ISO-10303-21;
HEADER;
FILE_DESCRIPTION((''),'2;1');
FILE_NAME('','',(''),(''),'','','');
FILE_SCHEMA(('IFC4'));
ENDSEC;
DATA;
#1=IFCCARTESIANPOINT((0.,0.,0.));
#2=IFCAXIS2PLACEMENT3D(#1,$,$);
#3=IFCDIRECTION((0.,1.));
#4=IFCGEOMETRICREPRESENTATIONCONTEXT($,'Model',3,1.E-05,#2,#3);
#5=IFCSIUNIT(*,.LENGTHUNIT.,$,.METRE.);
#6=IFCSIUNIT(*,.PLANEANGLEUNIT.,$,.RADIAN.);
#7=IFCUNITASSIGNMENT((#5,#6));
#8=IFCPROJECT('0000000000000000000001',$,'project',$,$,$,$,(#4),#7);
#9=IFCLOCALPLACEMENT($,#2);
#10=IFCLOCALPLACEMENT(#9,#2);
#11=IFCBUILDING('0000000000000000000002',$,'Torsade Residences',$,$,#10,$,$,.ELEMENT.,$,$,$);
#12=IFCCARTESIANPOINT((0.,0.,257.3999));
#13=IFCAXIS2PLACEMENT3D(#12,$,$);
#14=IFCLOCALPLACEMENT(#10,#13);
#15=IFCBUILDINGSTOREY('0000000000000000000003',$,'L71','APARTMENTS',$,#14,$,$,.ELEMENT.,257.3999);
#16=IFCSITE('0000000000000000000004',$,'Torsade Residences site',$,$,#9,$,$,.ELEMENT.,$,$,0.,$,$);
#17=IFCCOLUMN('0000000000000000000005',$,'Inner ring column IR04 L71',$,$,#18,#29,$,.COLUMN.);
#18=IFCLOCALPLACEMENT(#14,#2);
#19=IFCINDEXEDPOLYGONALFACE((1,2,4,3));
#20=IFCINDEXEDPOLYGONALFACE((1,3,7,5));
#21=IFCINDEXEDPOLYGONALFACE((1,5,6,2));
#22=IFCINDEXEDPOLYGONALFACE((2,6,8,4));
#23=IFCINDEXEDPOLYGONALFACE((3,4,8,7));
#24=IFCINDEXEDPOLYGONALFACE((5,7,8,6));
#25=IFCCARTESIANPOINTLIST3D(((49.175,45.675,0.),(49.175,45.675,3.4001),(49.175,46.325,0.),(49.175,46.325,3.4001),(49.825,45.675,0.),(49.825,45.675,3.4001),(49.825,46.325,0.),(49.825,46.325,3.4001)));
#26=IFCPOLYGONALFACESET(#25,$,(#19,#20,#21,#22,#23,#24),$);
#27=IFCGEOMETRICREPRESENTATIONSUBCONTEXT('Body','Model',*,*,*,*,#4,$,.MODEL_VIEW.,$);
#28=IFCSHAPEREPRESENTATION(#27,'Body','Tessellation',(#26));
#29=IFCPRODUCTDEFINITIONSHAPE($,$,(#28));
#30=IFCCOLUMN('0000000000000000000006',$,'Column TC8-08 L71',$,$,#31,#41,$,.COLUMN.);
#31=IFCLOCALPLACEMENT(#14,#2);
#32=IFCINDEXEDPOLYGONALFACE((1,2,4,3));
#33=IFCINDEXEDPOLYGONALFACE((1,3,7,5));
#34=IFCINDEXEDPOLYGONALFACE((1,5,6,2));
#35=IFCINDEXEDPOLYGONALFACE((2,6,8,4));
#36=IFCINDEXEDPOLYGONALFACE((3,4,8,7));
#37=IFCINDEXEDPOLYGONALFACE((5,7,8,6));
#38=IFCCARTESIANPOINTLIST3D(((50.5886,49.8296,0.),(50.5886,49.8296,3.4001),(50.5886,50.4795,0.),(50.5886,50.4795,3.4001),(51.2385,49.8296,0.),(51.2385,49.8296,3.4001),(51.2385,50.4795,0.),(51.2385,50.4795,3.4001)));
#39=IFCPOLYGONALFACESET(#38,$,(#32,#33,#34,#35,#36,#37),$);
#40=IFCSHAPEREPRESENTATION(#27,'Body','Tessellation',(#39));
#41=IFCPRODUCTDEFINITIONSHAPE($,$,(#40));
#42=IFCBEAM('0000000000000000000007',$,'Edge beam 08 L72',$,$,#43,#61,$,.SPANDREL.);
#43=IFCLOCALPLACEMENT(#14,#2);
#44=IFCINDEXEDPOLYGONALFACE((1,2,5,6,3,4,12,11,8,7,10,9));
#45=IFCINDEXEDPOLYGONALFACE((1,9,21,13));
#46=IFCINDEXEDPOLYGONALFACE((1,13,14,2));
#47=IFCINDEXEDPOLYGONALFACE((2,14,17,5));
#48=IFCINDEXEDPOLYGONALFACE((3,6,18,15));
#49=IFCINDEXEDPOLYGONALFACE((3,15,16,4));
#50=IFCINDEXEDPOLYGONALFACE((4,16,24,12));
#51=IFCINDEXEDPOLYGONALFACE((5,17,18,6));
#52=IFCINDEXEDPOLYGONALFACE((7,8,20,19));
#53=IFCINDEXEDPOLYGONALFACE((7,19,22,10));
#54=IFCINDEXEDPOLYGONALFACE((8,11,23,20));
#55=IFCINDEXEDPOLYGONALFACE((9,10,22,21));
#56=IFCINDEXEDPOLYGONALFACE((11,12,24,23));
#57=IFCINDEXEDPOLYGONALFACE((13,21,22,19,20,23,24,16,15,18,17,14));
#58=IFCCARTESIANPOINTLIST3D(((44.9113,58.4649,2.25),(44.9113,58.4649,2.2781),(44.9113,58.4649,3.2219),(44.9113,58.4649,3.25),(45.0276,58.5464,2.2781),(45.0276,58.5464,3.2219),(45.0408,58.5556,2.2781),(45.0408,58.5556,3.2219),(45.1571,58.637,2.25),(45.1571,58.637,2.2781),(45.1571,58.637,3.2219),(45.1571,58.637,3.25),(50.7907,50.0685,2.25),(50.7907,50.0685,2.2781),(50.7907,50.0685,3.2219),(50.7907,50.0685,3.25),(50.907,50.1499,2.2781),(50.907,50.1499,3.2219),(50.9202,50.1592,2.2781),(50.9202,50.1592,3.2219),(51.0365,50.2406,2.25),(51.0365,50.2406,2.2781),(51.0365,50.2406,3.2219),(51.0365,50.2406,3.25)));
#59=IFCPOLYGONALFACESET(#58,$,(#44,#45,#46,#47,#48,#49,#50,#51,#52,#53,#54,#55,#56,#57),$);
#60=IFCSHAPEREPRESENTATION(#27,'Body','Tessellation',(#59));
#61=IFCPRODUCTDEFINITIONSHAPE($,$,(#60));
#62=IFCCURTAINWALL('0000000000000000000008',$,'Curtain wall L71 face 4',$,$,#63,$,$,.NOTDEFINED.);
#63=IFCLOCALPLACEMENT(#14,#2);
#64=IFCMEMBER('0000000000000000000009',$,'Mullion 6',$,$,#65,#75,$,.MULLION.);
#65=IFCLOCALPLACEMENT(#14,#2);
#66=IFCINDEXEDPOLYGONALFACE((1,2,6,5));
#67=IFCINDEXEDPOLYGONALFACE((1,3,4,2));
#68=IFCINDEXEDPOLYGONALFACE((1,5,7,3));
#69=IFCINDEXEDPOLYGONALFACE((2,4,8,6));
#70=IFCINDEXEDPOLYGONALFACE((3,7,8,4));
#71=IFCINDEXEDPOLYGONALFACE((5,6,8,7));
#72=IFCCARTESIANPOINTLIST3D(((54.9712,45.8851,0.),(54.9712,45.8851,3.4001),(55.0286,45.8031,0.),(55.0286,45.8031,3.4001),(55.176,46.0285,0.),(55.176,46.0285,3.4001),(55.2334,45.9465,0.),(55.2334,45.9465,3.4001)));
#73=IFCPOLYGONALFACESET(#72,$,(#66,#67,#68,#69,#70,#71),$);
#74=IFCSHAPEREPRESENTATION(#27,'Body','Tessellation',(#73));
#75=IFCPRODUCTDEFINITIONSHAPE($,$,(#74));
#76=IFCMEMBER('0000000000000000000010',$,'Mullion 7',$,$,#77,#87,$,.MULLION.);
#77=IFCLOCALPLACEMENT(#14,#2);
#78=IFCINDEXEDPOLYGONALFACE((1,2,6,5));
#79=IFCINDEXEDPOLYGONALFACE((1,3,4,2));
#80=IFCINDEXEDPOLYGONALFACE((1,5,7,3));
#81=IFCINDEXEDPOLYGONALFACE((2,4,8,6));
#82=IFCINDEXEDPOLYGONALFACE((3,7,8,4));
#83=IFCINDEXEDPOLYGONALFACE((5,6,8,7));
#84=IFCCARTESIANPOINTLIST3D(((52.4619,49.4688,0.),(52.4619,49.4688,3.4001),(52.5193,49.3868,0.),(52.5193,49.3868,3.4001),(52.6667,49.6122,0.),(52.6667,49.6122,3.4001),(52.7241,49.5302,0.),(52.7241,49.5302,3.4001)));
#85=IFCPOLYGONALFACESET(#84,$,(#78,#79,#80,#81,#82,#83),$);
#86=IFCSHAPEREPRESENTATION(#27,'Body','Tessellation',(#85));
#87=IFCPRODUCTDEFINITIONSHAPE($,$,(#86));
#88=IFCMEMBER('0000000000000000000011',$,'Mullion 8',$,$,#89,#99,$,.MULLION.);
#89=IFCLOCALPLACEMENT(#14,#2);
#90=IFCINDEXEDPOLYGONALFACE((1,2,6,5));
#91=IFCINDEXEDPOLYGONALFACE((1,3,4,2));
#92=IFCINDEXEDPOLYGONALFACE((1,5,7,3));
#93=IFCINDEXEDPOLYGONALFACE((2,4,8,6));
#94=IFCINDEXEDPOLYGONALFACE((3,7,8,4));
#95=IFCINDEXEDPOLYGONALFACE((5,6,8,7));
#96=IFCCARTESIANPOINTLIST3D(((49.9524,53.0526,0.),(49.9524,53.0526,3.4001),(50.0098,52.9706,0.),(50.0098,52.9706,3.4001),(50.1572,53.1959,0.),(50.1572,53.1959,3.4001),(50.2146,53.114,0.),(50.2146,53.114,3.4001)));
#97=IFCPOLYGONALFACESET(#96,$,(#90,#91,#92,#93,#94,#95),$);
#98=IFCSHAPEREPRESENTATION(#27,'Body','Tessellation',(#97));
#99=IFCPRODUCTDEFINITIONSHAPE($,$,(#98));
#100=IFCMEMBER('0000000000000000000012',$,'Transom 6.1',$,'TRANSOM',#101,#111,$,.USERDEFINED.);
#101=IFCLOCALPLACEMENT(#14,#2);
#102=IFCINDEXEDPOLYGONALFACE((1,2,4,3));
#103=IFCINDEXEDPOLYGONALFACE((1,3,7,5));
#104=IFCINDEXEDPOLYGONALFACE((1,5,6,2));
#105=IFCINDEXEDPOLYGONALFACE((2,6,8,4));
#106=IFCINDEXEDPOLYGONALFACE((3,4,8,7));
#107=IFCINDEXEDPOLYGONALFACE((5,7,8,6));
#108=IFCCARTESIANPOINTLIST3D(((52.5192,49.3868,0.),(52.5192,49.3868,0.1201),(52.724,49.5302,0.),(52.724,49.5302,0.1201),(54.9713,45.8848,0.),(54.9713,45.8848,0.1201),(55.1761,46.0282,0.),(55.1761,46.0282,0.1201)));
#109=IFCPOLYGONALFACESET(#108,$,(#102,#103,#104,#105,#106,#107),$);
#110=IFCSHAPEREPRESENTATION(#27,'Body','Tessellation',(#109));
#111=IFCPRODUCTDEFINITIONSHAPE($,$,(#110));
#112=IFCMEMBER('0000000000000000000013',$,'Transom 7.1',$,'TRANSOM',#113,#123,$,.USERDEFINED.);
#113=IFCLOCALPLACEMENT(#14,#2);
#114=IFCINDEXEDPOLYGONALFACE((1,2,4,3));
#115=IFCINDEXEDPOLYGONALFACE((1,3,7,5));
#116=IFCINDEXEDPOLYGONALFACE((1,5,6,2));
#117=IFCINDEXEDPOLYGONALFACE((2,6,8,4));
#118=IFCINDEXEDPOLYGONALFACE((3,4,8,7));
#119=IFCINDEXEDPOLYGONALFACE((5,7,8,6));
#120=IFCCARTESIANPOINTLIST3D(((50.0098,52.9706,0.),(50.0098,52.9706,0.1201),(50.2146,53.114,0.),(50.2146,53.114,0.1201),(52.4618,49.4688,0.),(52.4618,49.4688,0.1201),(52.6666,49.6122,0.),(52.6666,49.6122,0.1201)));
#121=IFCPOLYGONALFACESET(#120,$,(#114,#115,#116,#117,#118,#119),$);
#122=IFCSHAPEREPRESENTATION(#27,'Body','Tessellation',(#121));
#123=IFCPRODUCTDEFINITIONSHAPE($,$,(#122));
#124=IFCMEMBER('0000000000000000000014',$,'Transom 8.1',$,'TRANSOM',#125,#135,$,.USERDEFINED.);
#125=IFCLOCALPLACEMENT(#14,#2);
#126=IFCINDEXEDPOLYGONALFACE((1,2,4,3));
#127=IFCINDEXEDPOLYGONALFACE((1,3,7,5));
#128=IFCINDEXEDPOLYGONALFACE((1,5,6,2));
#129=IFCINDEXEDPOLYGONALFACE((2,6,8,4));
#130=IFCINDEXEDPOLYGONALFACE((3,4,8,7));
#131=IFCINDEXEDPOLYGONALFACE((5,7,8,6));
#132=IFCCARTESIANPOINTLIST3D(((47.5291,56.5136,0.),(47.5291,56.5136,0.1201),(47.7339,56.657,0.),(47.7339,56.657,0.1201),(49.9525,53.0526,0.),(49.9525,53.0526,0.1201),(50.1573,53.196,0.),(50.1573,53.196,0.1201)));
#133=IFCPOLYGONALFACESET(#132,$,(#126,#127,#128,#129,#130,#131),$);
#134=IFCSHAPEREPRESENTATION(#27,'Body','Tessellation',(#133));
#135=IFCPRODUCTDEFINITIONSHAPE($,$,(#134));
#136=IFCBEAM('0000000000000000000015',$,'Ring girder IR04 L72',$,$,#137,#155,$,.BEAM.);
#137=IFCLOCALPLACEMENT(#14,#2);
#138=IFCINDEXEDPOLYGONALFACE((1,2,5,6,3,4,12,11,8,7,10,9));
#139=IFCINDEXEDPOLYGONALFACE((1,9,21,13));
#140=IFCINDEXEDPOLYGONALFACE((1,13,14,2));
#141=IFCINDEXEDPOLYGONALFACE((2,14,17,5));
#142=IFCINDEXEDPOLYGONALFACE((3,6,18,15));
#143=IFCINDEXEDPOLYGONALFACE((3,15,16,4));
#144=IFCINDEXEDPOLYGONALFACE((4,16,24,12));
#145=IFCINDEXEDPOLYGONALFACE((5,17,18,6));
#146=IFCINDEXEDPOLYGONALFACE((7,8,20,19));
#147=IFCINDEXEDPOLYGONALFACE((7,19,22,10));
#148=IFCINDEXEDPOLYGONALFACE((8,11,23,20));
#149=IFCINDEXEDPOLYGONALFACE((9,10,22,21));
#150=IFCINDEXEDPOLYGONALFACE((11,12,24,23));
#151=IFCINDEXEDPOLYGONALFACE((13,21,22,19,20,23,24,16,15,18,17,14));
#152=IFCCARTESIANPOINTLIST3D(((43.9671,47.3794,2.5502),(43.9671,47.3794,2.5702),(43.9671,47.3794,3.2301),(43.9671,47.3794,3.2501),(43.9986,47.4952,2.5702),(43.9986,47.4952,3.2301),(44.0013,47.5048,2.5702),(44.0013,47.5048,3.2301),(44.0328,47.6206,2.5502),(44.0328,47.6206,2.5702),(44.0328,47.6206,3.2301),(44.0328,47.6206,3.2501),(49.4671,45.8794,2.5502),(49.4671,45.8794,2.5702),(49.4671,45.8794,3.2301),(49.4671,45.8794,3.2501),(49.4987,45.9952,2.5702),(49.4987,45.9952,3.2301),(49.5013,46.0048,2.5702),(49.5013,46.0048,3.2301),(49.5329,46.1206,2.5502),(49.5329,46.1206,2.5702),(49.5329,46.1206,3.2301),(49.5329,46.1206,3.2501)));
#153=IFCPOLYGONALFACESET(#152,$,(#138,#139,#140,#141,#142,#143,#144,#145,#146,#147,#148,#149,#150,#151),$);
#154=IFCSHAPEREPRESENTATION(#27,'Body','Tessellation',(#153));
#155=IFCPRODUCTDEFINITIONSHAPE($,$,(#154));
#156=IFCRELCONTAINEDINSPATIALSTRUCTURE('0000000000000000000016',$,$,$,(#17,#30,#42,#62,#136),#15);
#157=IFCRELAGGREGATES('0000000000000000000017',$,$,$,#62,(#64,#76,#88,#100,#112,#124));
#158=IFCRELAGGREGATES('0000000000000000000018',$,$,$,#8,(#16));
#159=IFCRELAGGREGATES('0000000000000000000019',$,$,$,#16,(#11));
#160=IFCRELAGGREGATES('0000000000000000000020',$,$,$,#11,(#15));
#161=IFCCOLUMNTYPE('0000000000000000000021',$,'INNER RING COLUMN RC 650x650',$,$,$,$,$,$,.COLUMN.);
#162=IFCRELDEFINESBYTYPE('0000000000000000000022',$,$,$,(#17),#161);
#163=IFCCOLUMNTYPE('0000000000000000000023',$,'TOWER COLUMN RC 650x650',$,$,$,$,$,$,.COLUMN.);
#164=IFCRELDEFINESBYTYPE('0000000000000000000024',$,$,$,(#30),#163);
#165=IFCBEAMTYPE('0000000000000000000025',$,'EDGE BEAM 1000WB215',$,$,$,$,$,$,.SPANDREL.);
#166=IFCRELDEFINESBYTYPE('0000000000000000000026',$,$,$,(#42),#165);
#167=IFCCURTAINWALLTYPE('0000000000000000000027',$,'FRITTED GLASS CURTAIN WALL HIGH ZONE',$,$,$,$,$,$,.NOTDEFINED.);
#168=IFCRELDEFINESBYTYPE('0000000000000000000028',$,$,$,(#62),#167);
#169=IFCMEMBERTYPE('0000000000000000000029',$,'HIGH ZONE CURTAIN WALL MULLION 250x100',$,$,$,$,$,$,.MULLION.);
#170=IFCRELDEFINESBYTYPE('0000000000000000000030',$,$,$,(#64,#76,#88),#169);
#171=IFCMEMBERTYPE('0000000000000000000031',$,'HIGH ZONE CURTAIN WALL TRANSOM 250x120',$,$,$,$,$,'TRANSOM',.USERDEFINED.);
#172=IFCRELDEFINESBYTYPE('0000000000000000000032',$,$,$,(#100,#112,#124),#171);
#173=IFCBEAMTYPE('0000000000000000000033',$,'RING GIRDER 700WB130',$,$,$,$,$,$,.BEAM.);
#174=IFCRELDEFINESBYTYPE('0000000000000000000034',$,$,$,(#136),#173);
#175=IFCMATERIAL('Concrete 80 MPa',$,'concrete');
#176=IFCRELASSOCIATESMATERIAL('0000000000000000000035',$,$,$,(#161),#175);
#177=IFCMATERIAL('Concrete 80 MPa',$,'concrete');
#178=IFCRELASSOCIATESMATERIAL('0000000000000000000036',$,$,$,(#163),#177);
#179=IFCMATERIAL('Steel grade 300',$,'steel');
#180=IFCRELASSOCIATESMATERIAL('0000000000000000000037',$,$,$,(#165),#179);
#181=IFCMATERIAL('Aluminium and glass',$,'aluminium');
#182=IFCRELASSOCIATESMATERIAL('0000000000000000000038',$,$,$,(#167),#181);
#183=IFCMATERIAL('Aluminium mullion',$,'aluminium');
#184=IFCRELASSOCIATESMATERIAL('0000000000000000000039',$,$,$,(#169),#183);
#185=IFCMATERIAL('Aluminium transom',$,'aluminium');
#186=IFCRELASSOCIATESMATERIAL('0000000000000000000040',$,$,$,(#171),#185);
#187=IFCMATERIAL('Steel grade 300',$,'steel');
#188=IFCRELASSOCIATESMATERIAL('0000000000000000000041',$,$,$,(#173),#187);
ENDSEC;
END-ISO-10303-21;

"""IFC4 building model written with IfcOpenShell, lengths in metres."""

from ifc_helpers import new_model, si_unit, direction, frame, origin, origin_2d, place, context, subcontext, project, spatial, rectangle, i_section, extrude, material, material_profile, profile_set, type_object, element, aggregate, save


model = new_model("IFC4")

# Units and contexts
model_context = context("Model", 3, precision=1e-05, world=origin(), true_north=direction((0.0, 1.0)))
body_context = subcontext(model_context, "Body", "Model", "MODEL_VIEW")
ifc_project = project(units=[si_unit("LENGTHUNIT", "METRE"), si_unit("PLANEANGLEUNIT", "RADIAN")], contexts=[model_context])

# Site, building, storey
site_placement = place(None, origin())
site = spatial("IfcSite", under=ifc_project, at=site_placement, Name="Torsade Residences site", CompositionType="ELEMENT", RefElevation=0.0)
building_placement = place(site_placement, origin())
building = spatial("IfcBuilding", under=site, at=building_placement, Name="Torsade Residences", CompositionType="ELEMENT")
storey_placement = place(building_placement, frame((0.0, 0.0, 257.3999)))
storey = spatial("IfcBuildingStorey", under=building, at=storey_placement, Name="L71", Description="APARTMENTS", CompositionType="ELEMENT", Elevation=257.3999)

# Columns
ifc_material_1 = material(Name="Concrete 80 MPa", Category="concrete")
ifc_material_profile_1 = material_profile(ifc_material_1, rectangle(XDim=0.6499, YDim=0.6499, at=origin_2d()), Name="RC 650x650")
ifc_profile_set_1 = profile_set([ifc_material_profile_1], Name="Concrete 80 MPa")
column_type_1 = type_object("IfcColumnType", Name="INNER RING COLUMN RC 650x650", PredefinedType="COLUMN", material=ifc_profile_set_1)
column_1_placement = place(storey_placement, frame((49.5, 46.0, 0.0), z_axis=(0.0, 0.0, 1.0), x_axis=(1.0, 0.0, 0.0)))
element("IfcColumn", 1, at=column_1_placement, inside=storey, type_object=column_type_1, Name="Inner ring column IR04 L71", PredefinedType="COLUMN", context=body_context, shape_type="SweptSolid", body=[
    extrude(rectangle(XDim=0.6499, YDim=0.6499, at=origin_2d()), origin(), (0.0, 0.0, 1.0), 3.4001),
])
ifc_material_2 = material(Name="Concrete 80 MPa", Category="concrete")
ifc_material_profile_2 = material_profile(ifc_material_2, rectangle(XDim=0.6499, YDim=0.6499, at=origin_2d()), Name="RC 650x650")
ifc_profile_set_2 = profile_set([ifc_material_profile_2], Name="Concrete 80 MPa")
column_type_2 = type_object("IfcColumnType", Name="TOWER COLUMN RC 650x650", PredefinedType="COLUMN", material=ifc_profile_set_2)
column_2_placement = place(storey_placement, frame((50.9136, 50.1545, 0.0), z_axis=(0.0, 0.0, 1.0), x_axis=(1.0, 0.0, 0.0)))
element("IfcColumn", 2, at=column_2_placement, inside=storey, type_object=column_type_2, Name="Column TC8-08 L71", PredefinedType="COLUMN", context=body_context, shape_type="SweptSolid", body=[
    extrude(rectangle(XDim=0.6499, YDim=0.6499, at=origin_2d()), origin(), (0.0, 0.0, 1.0), 3.4001),
])

# Beam
ifc_material_3 = material(Name="Steel grade 300", Category="steel")
ifc_material_profile_3 = material_profile(ifc_material_3, i_section(OverallWidth=0.3, OverallDepth=1.0, WebThickness=0.0161, FlangeThickness=0.0281, at=origin_2d()), Name="1000WB215")
ifc_profile_set_3 = profile_set([ifc_material_profile_3], Name="Steel grade 300")
beam_type_1 = type_object("IfcBeamType", Name="EDGE BEAM 1000WB215", PredefinedType="SPANDREL", material=ifc_profile_set_3)
beam_1_placement = place(storey_placement, frame((50.9136, 50.1545, 2.75), z_axis=(-0.573584, 0.819147, 0.0), x_axis=(-0.819147, -0.573584, 0.0)))
element("IfcBeam", 3, at=beam_1_placement, inside=storey, type_object=beam_type_1, Name="Edge beam 08 L72", PredefinedType="SPANDREL", context=body_context, shape_type="SweptSolid", body=[
    extrude(i_section(OverallWidth=0.3, OverallDepth=1.0, WebThickness=0.0161, FlangeThickness=0.0281, at=origin_2d()), origin(), (0.0, 0.0, 1.0), 10.2502),
])

# Curtain wall, members
ifc_material_4 = material(Name="Aluminium and glass", Category="aluminium")
curtain_wall_type = type_object("IfcCurtainWallType", Name="FRITTED GLASS CURTAIN WALL HIGH ZONE", PredefinedType="NOTDEFINED", material=ifc_material_4)
curtain_wall_placement = place(storey_placement, origin())
curtain_wall = element("IfcCurtainWall", 4, at=curtain_wall_placement, inside=storey, type_object=curtain_wall_type, Name="Curtain wall L71 face 4", PredefinedType="NOTDEFINED")
ifc_material_5 = material(Name="Aluminium mullion", Category="aluminium")
ifc_material_profile_4 = material_profile(ifc_material_5, rectangle(XDim=0.25, YDim=0.1001, at=origin_2d()), Name="HIGH ZONE CURTAIN WALL MULLION 250x100")
ifc_profile_set_4 = profile_set([ifc_material_profile_4], Name="Aluminium mullion")
member_type_1 = type_object("IfcMemberType", Name="HIGH ZONE CURTAIN WALL MULLION 250x100", PredefinedType="MULLION", material=ifc_profile_set_4)
member_1_placement = place(storey_placement, frame((55.1023, 45.9158, 0.0), z_axis=(0.0, 0.0, 1.0), x_axis=(-0.819152, -0.573576, 0.0)))
member_1 = element("IfcMember", 5, at=member_1_placement, type_object=member_type_1, Name="Mullion 6", PredefinedType="MULLION", context=body_context, shape_type="SweptSolid", body=[
    extrude(rectangle(XDim=0.25, YDim=0.1001, at=origin_2d()), origin(), (0.0, 0.0, 1.0), 3.4001),
])
member_2_placement = place(storey_placement, frame((52.593, 49.4995, 0.0), z_axis=(0.0, 0.0, 1.0), x_axis=(-0.819152, -0.573576, 0.0)))
member_2 = element("IfcMember", 6, at=member_2_placement, type_object=member_type_1, Name="Mullion 7", PredefinedType="MULLION", context=body_context, shape_type="SweptSolid", body=[
    extrude(rectangle(XDim=0.25, YDim=0.1001, at=origin_2d()), origin(), (0.0, 0.0, 1.0), 3.4001),
])
member_3_placement = place(storey_placement, frame((50.0835, 53.0833, 0.0), z_axis=(0.0, 0.0, 1.0), x_axis=(-0.819152, -0.573576, 0.0)))
member_3 = element("IfcMember", 7, at=member_3_placement, type_object=member_type_1, Name="Mullion 8", PredefinedType="MULLION", context=body_context, shape_type="SweptSolid", body=[
    extrude(rectangle(XDim=0.25, YDim=0.1001, at=origin_2d()), origin(), (0.0, 0.0, 1.0), 3.4001),
])
ifc_material_6 = material(Name="Aluminium transom", Category="aluminium")
ifc_material_profile_5 = material_profile(ifc_material_6, rectangle(XDim=0.25, YDim=0.1201, at=origin_2d()), Name="HIGH ZONE CURTAIN WALL TRANSOM 250x120")
ifc_profile_set_5 = profile_set([ifc_material_profile_5], Name="Aluminium transom")
member_type_2 = type_object("IfcMemberType", Name="HIGH ZONE CURTAIN WALL TRANSOM 250x120", ElementType="TRANSOM", PredefinedType="USERDEFINED", material=ifc_profile_set_5)
member_4_placement = place(storey_placement, frame((55.0737, 45.9565, 0.0601), z_axis=(-0.573585, 0.819146, 0.0), x_axis=(-0.819146, -0.573585, 0.0)))
member_4 = element("IfcMember", 8, at=member_4_placement, type_object=member_type_2, Name="Transom 6.1", ObjectType="TRANSOM", PredefinedType="USERDEFINED", context=body_context, shape_type="SweptSolid", body=[
    extrude(rectangle(XDim=0.25, YDim=0.1201, at=origin_2d()), origin(), (0.0, 0.0, 1.0), 4.2751),
])
member_5_placement = place(storey_placement, frame((52.5642, 49.5405, 0.0601), z_axis=(-0.573573, 0.819154, 0.0), x_axis=(-0.819154, -0.573573, 0.0)))
member_5 = element("IfcMember", 9, at=member_5_placement, type_object=member_type_2, Name="Transom 7.1", ObjectType="TRANSOM", PredefinedType="USERDEFINED", context=body_context, shape_type="SweptSolid", body=[
    extrude(rectangle(XDim=0.25, YDim=0.1201, at=origin_2d()), origin(), (0.0, 0.0, 1.0), 4.2749),
])
member_6_placement = place(storey_placement, frame((50.0549, 53.1243, 0.0601), z_axis=(-0.573571, 0.819156, 0.0), x_axis=(-0.819156, -0.573571, 0.0)))
member_6 = element("IfcMember", 10, at=member_6_placement, type_object=member_type_2, Name="Transom 8.1", ObjectType="TRANSOM", PredefinedType="USERDEFINED", context=body_context, shape_type="SweptSolid", body=[
    extrude(rectangle(XDim=0.25, YDim=0.1201, at=origin_2d()), origin(), (0.0, 0.0, 1.0), 4.2251),
])

# Beam
ifc_material_7 = material(Name="Steel grade 300", Category="steel")
ifc_material_profile_6 = material_profile(ifc_material_7, i_section(OverallWidth=0.25, OverallDepth=0.7, WebThickness=0.01, FlangeThickness=0.02, at=origin_2d()), Name="700WB130")
ifc_profile_set_6 = profile_set([ifc_material_profile_6], Name="Steel grade 300")
beam_type_2 = type_object("IfcBeamType", Name="RING GIRDER 700WB130", PredefinedType="BEAM", material=ifc_profile_set_6)
beam_2_placement = place(storey_placement, frame((49.5, 46.0, 2.9001), z_axis=(-0.964764, 0.263117, 0.0), x_axis=(-0.263117, -0.964764, 0.0)))
element("IfcBeam", 11, at=beam_2_placement, inside=storey, type_object=beam_type_2, Name="Ring girder IR04 L72", PredefinedType="BEAM", context=body_context, shape_type="SweptSolid", body=[
    extrude(i_section(OverallWidth=0.25, OverallDepth=0.7, WebThickness=0.01, FlangeThickness=0.02, at=origin_2d()), origin(), (0.0, 0.0, 1.0), 5.7009),
])

aggregate(curtain_wall, [member_1, member_2, member_3, member_4, member_5, member_6])

save(model, "model.ifc")
